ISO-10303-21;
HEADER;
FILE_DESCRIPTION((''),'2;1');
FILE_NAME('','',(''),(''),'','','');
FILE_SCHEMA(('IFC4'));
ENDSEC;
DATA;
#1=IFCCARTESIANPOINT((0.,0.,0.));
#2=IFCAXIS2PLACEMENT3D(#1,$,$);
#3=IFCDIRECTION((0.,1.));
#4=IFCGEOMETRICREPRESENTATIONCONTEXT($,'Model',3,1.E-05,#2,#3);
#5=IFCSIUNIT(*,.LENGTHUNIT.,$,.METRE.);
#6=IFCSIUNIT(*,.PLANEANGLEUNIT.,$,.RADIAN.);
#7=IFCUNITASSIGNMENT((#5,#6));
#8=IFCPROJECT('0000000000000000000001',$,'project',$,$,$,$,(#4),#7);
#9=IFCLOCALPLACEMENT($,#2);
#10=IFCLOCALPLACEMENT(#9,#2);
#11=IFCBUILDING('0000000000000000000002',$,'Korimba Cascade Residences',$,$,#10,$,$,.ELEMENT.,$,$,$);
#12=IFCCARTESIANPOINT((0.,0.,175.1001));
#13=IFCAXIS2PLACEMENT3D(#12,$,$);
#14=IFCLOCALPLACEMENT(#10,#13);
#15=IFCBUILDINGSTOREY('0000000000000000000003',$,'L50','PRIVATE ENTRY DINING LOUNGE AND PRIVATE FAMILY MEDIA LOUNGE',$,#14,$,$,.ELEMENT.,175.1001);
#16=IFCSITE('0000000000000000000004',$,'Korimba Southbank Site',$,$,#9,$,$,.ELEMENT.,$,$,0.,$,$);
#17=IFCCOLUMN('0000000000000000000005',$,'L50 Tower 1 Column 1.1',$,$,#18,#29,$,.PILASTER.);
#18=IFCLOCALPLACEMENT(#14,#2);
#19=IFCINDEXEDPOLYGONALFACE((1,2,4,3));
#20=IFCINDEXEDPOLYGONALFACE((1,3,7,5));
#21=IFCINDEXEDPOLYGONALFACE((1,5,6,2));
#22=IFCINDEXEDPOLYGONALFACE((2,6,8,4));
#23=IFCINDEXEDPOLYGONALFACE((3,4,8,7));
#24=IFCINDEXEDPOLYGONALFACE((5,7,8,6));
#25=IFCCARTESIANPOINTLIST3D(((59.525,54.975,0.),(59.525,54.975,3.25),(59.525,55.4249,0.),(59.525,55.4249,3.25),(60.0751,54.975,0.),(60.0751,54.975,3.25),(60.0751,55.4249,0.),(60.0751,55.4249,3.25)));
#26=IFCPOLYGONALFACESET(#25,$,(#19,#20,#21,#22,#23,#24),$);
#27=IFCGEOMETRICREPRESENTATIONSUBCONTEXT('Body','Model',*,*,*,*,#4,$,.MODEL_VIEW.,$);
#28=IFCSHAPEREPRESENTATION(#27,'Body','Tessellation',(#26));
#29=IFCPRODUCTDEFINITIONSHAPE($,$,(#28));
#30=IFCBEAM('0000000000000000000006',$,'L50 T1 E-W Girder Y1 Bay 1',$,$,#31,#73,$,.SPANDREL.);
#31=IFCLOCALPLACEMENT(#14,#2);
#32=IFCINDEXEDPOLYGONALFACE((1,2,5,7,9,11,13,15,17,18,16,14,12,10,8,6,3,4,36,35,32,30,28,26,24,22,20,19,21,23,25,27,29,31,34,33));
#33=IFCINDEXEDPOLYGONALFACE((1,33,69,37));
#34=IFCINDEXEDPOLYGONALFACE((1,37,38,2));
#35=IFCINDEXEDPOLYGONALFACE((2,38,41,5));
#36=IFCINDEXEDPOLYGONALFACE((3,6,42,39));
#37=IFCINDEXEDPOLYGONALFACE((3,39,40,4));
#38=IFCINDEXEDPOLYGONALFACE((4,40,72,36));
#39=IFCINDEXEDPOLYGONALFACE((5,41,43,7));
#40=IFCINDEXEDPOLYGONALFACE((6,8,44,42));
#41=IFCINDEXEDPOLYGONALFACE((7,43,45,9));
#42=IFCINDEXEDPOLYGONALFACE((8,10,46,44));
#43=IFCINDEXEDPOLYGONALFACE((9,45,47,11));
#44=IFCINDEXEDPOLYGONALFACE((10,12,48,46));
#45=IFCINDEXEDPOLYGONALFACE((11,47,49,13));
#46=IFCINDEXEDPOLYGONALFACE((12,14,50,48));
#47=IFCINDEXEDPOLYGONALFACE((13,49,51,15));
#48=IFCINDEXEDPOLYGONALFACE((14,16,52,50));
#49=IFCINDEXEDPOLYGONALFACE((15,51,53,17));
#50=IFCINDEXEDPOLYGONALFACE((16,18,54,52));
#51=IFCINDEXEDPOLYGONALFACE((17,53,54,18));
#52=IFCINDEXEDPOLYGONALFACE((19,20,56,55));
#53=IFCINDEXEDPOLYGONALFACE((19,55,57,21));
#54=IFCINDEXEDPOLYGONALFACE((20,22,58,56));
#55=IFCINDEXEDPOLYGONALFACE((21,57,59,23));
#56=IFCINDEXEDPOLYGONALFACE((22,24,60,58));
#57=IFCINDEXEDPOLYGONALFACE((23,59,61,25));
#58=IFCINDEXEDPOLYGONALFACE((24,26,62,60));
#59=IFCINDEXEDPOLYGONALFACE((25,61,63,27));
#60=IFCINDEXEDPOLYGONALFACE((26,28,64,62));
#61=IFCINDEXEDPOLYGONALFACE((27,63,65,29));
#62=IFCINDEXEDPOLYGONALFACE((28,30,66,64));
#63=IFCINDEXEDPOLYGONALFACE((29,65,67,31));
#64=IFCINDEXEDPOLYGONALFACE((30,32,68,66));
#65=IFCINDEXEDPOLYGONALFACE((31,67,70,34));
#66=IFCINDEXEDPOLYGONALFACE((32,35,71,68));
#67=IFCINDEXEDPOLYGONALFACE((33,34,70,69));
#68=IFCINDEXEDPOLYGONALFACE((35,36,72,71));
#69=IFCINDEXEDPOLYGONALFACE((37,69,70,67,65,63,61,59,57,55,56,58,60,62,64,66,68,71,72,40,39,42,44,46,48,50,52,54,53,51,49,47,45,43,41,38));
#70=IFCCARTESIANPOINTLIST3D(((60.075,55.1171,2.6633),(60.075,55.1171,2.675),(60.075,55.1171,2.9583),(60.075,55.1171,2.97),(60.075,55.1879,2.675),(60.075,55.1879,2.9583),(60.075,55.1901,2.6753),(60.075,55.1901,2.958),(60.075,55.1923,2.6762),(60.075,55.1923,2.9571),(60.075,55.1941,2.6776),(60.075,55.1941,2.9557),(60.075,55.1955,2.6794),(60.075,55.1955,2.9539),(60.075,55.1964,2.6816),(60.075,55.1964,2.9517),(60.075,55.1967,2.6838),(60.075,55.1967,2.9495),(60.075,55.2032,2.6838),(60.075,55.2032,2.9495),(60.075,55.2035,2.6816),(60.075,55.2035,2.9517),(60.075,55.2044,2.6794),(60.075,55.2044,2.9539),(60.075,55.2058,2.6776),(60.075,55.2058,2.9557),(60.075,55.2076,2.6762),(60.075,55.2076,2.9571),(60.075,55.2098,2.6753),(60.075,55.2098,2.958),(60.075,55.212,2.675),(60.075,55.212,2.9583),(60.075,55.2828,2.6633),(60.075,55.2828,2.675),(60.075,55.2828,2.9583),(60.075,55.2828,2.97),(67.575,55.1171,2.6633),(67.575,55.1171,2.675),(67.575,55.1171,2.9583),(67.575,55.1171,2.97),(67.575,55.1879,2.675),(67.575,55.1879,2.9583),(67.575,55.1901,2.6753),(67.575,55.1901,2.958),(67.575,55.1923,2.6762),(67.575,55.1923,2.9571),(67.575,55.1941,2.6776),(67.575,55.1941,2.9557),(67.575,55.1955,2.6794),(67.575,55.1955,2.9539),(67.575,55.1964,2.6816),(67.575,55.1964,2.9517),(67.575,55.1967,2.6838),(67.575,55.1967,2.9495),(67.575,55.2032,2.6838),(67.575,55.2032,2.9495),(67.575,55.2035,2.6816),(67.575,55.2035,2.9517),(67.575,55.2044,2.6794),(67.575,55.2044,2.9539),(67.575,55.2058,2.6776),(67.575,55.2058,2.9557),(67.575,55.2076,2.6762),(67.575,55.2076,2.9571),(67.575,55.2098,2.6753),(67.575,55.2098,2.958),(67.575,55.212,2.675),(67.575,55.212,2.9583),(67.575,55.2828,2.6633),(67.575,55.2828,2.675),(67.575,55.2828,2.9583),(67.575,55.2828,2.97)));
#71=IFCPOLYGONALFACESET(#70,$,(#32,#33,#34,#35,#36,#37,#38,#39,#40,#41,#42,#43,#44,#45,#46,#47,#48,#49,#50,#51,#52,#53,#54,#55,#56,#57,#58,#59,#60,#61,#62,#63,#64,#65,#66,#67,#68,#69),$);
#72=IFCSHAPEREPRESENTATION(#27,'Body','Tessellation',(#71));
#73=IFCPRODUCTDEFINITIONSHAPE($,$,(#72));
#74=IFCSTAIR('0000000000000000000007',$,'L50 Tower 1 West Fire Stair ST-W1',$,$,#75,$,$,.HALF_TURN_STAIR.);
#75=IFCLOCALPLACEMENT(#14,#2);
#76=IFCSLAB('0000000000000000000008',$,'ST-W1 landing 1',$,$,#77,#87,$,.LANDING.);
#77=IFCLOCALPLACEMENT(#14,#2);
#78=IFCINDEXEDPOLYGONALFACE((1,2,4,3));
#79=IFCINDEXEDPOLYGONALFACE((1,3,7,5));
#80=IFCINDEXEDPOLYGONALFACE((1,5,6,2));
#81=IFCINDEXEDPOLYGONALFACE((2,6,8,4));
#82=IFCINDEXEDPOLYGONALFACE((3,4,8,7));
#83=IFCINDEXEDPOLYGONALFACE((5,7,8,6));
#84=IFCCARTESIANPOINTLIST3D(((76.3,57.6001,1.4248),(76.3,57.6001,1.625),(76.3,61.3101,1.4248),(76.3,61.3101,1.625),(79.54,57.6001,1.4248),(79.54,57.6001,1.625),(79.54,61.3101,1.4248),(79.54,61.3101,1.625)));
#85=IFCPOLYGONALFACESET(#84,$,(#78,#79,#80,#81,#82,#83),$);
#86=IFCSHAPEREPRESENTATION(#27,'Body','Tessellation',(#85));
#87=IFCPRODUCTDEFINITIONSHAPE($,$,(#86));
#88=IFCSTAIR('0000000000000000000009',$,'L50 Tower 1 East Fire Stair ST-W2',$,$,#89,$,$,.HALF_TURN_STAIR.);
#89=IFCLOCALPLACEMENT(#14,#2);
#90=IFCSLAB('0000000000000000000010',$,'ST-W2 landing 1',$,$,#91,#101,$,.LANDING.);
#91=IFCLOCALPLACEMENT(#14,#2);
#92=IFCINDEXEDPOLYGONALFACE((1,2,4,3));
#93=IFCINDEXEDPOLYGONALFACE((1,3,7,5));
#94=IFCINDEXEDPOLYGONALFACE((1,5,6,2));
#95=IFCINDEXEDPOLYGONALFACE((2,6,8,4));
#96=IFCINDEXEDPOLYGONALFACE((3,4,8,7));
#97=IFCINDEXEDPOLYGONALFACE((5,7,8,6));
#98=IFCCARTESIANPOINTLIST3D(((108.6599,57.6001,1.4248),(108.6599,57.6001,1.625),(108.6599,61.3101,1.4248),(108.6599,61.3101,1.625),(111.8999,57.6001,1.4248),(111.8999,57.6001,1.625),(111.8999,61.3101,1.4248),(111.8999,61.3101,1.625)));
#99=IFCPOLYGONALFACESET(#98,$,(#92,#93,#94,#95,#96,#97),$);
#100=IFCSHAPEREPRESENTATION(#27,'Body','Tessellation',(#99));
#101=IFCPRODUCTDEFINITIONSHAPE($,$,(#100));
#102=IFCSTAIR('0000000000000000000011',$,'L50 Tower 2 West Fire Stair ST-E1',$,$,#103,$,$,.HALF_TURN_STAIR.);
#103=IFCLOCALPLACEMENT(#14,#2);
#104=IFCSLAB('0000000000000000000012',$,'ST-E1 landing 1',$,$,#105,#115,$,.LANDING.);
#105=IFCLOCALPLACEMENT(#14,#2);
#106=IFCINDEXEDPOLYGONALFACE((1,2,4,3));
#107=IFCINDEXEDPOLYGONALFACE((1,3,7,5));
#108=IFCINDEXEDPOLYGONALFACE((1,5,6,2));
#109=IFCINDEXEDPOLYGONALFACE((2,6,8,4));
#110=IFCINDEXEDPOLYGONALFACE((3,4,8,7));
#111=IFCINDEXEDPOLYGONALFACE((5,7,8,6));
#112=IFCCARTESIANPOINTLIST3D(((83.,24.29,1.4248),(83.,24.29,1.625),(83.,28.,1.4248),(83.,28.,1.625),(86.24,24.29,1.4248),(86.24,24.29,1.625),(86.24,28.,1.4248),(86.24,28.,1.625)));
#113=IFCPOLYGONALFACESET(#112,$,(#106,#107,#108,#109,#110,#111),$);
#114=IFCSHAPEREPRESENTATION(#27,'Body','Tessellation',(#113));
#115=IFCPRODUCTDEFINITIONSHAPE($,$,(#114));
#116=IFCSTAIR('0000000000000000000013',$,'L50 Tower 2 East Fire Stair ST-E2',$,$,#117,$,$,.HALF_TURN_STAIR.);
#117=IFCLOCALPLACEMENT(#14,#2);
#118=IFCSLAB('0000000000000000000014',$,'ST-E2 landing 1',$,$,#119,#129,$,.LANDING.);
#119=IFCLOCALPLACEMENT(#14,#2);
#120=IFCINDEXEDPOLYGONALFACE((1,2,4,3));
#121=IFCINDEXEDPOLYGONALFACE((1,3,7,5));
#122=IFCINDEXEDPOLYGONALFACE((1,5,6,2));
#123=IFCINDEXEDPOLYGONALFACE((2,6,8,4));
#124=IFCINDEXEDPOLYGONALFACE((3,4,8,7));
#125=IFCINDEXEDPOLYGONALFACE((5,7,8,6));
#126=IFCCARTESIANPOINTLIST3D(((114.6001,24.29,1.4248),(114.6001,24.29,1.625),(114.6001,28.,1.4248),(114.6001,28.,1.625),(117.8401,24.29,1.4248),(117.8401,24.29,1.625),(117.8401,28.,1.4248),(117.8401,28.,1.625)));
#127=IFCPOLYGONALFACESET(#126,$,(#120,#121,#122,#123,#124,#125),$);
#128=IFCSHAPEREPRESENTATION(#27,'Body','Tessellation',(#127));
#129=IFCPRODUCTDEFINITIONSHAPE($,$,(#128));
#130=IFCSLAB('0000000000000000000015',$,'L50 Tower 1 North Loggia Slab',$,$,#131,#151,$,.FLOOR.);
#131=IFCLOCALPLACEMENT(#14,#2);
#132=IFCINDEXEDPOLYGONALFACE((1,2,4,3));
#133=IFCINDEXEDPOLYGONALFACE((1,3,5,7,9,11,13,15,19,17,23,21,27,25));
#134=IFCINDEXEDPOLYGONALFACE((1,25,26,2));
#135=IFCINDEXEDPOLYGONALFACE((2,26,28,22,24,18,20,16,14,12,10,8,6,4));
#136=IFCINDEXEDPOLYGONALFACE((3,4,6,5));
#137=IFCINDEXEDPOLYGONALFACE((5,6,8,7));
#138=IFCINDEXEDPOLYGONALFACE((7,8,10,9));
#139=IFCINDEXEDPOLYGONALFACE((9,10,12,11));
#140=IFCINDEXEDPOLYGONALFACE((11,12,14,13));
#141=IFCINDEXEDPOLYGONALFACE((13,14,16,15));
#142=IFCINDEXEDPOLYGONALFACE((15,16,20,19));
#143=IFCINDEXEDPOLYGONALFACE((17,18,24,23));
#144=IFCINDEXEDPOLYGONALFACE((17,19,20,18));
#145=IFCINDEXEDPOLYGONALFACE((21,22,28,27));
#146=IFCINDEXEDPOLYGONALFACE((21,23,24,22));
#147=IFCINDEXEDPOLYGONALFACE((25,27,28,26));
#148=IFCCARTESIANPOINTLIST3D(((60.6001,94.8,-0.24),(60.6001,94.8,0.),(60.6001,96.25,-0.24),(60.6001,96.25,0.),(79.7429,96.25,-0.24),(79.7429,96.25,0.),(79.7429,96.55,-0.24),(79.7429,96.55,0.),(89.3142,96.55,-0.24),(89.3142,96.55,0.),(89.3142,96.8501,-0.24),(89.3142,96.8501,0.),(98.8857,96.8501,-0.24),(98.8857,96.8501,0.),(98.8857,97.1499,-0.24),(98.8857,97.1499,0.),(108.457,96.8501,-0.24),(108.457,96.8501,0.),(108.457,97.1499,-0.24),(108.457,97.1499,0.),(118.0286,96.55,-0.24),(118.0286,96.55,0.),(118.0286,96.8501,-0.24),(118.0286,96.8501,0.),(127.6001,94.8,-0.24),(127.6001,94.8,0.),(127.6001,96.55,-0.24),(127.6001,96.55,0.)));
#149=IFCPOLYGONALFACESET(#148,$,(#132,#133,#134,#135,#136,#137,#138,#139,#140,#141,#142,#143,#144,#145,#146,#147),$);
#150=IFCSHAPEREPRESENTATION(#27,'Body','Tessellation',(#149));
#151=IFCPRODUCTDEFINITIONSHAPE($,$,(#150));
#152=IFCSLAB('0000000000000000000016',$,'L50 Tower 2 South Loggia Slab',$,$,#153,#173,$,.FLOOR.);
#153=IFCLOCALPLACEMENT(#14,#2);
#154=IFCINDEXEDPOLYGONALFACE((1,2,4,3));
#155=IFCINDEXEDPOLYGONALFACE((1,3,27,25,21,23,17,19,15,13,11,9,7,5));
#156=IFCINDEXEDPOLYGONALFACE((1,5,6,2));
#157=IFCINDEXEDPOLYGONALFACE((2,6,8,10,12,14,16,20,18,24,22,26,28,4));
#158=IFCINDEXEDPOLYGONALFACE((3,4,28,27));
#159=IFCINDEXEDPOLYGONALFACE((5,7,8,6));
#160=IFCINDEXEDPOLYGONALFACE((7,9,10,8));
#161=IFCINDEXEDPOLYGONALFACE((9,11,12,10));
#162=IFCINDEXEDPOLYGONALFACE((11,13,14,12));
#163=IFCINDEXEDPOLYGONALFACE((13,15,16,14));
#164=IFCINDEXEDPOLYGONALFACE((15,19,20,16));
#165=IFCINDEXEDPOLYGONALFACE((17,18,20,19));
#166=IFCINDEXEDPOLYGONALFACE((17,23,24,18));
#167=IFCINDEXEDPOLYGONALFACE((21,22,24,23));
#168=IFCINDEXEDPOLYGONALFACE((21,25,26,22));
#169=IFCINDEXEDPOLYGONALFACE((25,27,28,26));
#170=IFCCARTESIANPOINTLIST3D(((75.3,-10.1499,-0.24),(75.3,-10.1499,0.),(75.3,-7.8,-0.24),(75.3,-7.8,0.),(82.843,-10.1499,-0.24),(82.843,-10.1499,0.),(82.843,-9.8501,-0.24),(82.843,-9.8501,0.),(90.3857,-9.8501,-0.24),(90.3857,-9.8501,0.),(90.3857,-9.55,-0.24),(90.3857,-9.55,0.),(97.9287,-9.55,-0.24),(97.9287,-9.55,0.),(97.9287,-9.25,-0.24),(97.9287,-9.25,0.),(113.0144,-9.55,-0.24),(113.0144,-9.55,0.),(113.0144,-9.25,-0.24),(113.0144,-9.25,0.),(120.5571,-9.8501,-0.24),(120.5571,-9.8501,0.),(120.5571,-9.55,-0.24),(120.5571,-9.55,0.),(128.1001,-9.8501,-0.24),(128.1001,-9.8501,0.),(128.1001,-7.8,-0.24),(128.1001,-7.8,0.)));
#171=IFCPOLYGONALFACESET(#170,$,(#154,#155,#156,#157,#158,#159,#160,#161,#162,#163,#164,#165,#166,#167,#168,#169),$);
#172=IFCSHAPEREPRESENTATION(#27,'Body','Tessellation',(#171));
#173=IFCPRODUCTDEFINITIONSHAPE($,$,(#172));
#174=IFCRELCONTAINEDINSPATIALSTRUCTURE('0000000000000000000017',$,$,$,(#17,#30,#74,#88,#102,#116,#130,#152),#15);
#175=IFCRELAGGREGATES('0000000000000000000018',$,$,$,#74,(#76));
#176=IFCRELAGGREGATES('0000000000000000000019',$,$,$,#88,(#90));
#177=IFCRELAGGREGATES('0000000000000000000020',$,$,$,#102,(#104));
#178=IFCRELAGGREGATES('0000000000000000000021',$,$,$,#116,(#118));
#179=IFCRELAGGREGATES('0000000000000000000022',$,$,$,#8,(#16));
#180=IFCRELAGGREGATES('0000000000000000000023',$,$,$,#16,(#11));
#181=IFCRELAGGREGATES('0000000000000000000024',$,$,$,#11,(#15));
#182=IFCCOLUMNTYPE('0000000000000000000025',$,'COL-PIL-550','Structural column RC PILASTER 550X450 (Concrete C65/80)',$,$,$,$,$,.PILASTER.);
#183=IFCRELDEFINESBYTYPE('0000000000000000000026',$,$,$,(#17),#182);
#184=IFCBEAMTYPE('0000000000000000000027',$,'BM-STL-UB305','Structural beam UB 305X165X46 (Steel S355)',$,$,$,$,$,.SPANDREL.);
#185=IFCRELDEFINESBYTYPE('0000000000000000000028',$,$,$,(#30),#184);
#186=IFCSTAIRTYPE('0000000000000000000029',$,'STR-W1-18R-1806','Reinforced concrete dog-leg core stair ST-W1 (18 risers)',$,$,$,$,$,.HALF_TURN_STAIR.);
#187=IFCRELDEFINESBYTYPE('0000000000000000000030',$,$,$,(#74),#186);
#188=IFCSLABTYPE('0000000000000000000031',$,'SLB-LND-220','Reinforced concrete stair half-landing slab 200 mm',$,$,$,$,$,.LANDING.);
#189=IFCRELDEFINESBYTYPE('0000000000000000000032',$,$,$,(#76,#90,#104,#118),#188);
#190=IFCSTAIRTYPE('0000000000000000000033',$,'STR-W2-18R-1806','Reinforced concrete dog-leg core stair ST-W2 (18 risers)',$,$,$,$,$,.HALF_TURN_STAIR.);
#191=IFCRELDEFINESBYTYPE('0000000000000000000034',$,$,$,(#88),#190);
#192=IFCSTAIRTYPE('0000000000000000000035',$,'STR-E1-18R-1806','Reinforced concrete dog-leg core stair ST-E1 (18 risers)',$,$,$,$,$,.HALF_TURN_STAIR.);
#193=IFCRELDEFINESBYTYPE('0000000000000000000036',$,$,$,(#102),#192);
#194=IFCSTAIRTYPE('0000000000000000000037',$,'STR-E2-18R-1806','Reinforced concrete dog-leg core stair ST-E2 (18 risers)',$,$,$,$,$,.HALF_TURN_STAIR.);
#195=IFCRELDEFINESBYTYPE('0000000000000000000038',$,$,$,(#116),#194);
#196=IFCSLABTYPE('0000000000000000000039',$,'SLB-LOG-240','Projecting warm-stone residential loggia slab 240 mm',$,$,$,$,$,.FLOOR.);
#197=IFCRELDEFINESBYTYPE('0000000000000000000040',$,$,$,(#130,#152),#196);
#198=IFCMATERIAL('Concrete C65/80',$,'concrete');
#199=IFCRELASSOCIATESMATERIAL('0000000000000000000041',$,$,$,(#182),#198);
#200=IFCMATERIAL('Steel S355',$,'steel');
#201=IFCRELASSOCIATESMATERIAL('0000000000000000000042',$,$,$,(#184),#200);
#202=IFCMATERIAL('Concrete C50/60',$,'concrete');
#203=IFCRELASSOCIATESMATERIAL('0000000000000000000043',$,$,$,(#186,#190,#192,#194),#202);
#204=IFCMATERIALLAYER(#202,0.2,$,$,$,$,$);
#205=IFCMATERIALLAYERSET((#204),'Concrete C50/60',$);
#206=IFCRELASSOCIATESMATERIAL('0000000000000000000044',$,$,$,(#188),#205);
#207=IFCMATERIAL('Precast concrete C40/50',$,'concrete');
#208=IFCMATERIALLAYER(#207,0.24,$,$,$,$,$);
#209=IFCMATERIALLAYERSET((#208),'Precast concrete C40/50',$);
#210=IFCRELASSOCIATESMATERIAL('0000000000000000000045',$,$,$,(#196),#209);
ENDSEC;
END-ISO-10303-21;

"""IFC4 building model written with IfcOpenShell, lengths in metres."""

from ifc_helpers import new_model, si_unit, direction, frame, origin, origin_2d, place, context, subcontext, project, spatial, polyline, rectangle, i_section, outline, extrude, material, layer, layer_set, material_profile, profile_set, type_object, element, aggregate, save


model = new_model("IFC4")

# Units and contexts
model_context = context("Model", 3, precision=1e-05, world=origin(), true_north=direction((0.0, 1.0)))
body_context = subcontext(model_context, "Body", "Model", "MODEL_VIEW")
ifc_project = project(units=[si_unit("LENGTHUNIT", "METRE"), si_unit("PLANEANGLEUNIT", "RADIAN")], contexts=[model_context])

# Site, building, storey
site_placement = place(None, origin())
site = spatial("IfcSite", under=ifc_project, at=site_placement, Name="Korimba Southbank Site", CompositionType="ELEMENT", RefElevation=0.0)
building_placement = place(site_placement, origin())
building = spatial("IfcBuilding", under=site, at=building_placement, Name="Korimba Cascade Residences", CompositionType="ELEMENT")
storey_placement = place(building_placement, frame((0.0, 0.0, 175.1001)))
storey = spatial("IfcBuildingStorey", under=building, at=storey_placement, Name="L50", Description="PRIVATE ENTRY DINING LOUNGE AND PRIVATE FAMILY MEDIA LOUNGE", CompositionType="ELEMENT", Elevation=175.1001)

# Column
ifc_material_1 = material(Name="Concrete C65/80", Category="concrete")
ifc_material_profile_1 = material_profile(ifc_material_1, rectangle(XDim=0.55, YDim=0.45, at=origin_2d()), Name="Concrete C65/80")
ifc_profile_set_1 = profile_set([ifc_material_profile_1], Name="Concrete C65/80")
column_type = type_object("IfcColumnType", Name="COL-PIL-550", Description="Structural column RC PILASTER 550X450 (Concrete C65/80)", PredefinedType="PILASTER", material=ifc_profile_set_1)
column_placement = place(storey_placement, frame((59.8, 55.2, 0.0), z_axis=(0.0, 0.0, 1.0), x_axis=(1.0, 0.0, 0.0)))
element("IfcColumn", 1, at=column_placement, inside=storey, type_object=column_type, Name="L50 Tower 1 Column 1.1", PredefinedType="PILASTER", context=body_context, shape_type="SweptSolid", body=[
    extrude(rectangle(XDim=0.55, YDim=0.45, at=origin_2d()), origin(), (0.0, 0.0, 1.0), 3.25),
])

# Beam
ifc_material_2 = material(Name="Steel S355", Category="steel")
ifc_material_profile_2 = material_profile(ifc_material_2, i_section(OverallWidth=0.1658, OverallDepth=0.3066, WebThickness=0.0066, FlangeThickness=0.0117, FilletRadius=0.0088, at=origin_2d()), Name="Steel S355")
ifc_profile_set_2 = profile_set([ifc_material_profile_2], Name="Steel S355")
beam_type = type_object("IfcBeamType", Name="BM-STL-UB305", Description="Structural beam UB 305X165X46 (Steel S355)", PredefinedType="SPANDREL", material=ifc_profile_set_2)
beam_placement = place(storey_placement, frame((60.075, 55.2, 2.8167), z_axis=(1.0, 0.0, 0.0), x_axis=(0.0, 1.0, 0.0)))
element("IfcBeam", 2, at=beam_placement, inside=storey, type_object=beam_type, Name="L50 T1 E-W Girder Y1 Bay 1", PredefinedType="SPANDREL", context=body_context, shape_type="SweptSolid", body=[
    extrude(i_section(OverallWidth=0.1658, OverallDepth=0.3066, WebThickness=0.0066, FlangeThickness=0.0117, FilletRadius=0.0088, at=origin_2d()), origin(), (0.0, 0.0, 1.0), 7.5),
])

# Stairs, slabs
ifc_material_3 = material(Name="Concrete C50/60", Category="concrete")
stair_type_1 = type_object("IfcStairType", Name="STR-W1-18R-1806", Description="Reinforced concrete dog-leg core stair ST-W1 (18 risers)", PredefinedType="HALF_TURN_STAIR", material=ifc_material_3)
stair_1_placement = place(storey_placement, origin())
stair_1 = element("IfcStair", 3, at=stair_1_placement, inside=storey, type_object=stair_type_1, Name="L50 Tower 1 West Fire Stair ST-W1", PredefinedType="HALF_TURN_STAIR")
ifc_layer_1 = layer(ifc_material_3, 0.2)
ifc_layer_set_1 = layer_set([ifc_layer_1], Name="Concrete C50/60")
slab_type_1 = type_object("IfcSlabType", Name="SLB-LND-220", Description="Reinforced concrete stair half-landing slab 200 mm", PredefinedType="LANDING", material=ifc_layer_set_1)
slab_1_placement = place(storey_placement, frame((0.0, 0.0, 1.4248)))
slab_1 = element("IfcSlab", 4, at=slab_1_placement, type_object=slab_type_1, Name="ST-W1 landing 1", PredefinedType="LANDING", context=body_context, shape_type="SweptSolid", body=[
    extrude(outline(polyline([(76.3, 61.3101), (76.3, 57.6001), (79.54, 57.6001), (79.54, 61.3101), (76.3, 61.3101)])), origin(), (0.0, 0.0, 1.0), 0.2002),
])
aggregate(stair_1, [slab_1])
stair_type_2 = type_object("IfcStairType", Name="STR-W2-18R-1806", Description="Reinforced concrete dog-leg core stair ST-W2 (18 risers)", PredefinedType="HALF_TURN_STAIR", material=ifc_material_3)
stair_2_placement = place(storey_placement, origin())
stair_2 = element("IfcStair", 5, at=stair_2_placement, inside=storey, type_object=stair_type_2, Name="L50 Tower 1 East Fire Stair ST-W2", PredefinedType="HALF_TURN_STAIR")
slab_2_placement = place(storey_placement, frame((0.0, 0.0, 1.4248)))
slab_2 = element("IfcSlab", 6, at=slab_2_placement, type_object=slab_type_1, Name="ST-W2 landing 1", PredefinedType="LANDING", context=body_context, shape_type="SweptSolid", body=[
    extrude(outline(polyline([(108.6599, 61.3101), (108.6599, 57.6001), (111.8999, 57.6001), (111.8999, 61.3101), (108.6599, 61.3101)])), origin(), (0.0, 0.0, 1.0), 0.2002),
])
aggregate(stair_2, [slab_2])
stair_type_3 = type_object("IfcStairType", Name="STR-E1-18R-1806", Description="Reinforced concrete dog-leg core stair ST-E1 (18 risers)", PredefinedType="HALF_TURN_STAIR", material=ifc_material_3)
stair_3_placement = place(storey_placement, origin())
stair_3 = element("IfcStair", 7, at=stair_3_placement, inside=storey, type_object=stair_type_3, Name="L50 Tower 2 West Fire Stair ST-E1", PredefinedType="HALF_TURN_STAIR")
slab_3_placement = place(storey_placement, frame((0.0, 0.0, 1.4248)))
slab_3 = element("IfcSlab", 8, at=slab_3_placement, type_object=slab_type_1, Name="ST-E1 landing 1", PredefinedType="LANDING", context=body_context, shape_type="SweptSolid", body=[
    extrude(outline(polyline([(86.24, 24.29), (86.24, 28.0), (83.0, 28.0), (83.0, 24.29), (86.24, 24.29)])), origin(), (0.0, 0.0, 1.0), 0.2002),
])
aggregate(stair_3, [slab_3])
stair_type_4 = type_object("IfcStairType", Name="STR-E2-18R-1806", Description="Reinforced concrete dog-leg core stair ST-E2 (18 risers)", PredefinedType="HALF_TURN_STAIR", material=ifc_material_3)
stair_4_placement = place(storey_placement, origin())
stair_4 = element("IfcStair", 9, at=stair_4_placement, inside=storey, type_object=stair_type_4, Name="L50 Tower 2 East Fire Stair ST-E2", PredefinedType="HALF_TURN_STAIR")
slab_4_placement = place(storey_placement, frame((0.0, 0.0, 1.4248)))
slab_4 = element("IfcSlab", 10, at=slab_4_placement, type_object=slab_type_1, Name="ST-E2 landing 1", PredefinedType="LANDING", context=body_context, shape_type="SweptSolid", body=[
    extrude(outline(polyline([(117.8401, 24.29), (117.8401, 28.0), (114.6001, 28.0), (114.6001, 24.29), (117.8401, 24.29)])), origin(), (0.0, 0.0, 1.0), 0.2002),
])
aggregate(stair_4, [slab_4])

# Slabs
ifc_material_4 = material(Name="Precast concrete C40/50", Category="concrete")
ifc_layer_2 = layer(ifc_material_4, 0.24)
ifc_layer_set_2 = layer_set([ifc_layer_2], Name="Precast concrete C40/50")
slab_type_2 = type_object("IfcSlabType", Name="SLB-LOG-240", Description="Projecting warm-stone residential loggia slab 240 mm", PredefinedType="FLOOR", material=ifc_layer_set_2)
slab_5_placement = place(storey_placement, frame((0.0, 0.0, -0.24)))
element("IfcSlab", 11, at=slab_5_placement, inside=storey, type_object=slab_type_2, Name="L50 Tower 1 North Loggia Slab", PredefinedType="FLOOR", context=body_context, shape_type="SweptSolid", body=[
    extrude(outline(polyline([(60.6001, 94.8), (127.6001, 94.8), (127.6001, 96.55), (118.0286, 96.55), (118.0286, 96.8501), (108.457, 96.8501), (108.457, 97.1499), (98.8857, 97.1499), (98.8857, 96.8501), (89.3142, 96.8501), (89.3142, 96.55), (79.7429, 96.55), (79.7429, 96.25), (60.6001, 96.25), (60.6001, 94.8)])), origin(), (0.0, 0.0, 1.0), 0.24),
])
slab_6_placement = place(storey_placement, frame((0.0, 0.0, -0.24)))
element("IfcSlab", 12, at=slab_6_placement, inside=storey, type_object=slab_type_2, Name="L50 Tower 2 South Loggia Slab", PredefinedType="FLOOR", context=body_context, shape_type="SweptSolid", body=[
    extrude(outline(polyline([(75.3, -10.1499), (82.843, -10.1499), (82.843, -9.8501), (90.3857, -9.8501), (90.3857, -9.55), (97.9287, -9.55), (97.9287, -9.25), (113.0144, -9.25), (113.0144, -9.55), (120.5571, -9.55), (120.5571, -9.8501), (128.1001, -9.8501), (128.1001, -7.8), (75.3, -7.8), (75.3, -10.1499)])), origin(), (0.0, 0.0, 1.0), 0.24),
])

save(model, "model.ifc")
